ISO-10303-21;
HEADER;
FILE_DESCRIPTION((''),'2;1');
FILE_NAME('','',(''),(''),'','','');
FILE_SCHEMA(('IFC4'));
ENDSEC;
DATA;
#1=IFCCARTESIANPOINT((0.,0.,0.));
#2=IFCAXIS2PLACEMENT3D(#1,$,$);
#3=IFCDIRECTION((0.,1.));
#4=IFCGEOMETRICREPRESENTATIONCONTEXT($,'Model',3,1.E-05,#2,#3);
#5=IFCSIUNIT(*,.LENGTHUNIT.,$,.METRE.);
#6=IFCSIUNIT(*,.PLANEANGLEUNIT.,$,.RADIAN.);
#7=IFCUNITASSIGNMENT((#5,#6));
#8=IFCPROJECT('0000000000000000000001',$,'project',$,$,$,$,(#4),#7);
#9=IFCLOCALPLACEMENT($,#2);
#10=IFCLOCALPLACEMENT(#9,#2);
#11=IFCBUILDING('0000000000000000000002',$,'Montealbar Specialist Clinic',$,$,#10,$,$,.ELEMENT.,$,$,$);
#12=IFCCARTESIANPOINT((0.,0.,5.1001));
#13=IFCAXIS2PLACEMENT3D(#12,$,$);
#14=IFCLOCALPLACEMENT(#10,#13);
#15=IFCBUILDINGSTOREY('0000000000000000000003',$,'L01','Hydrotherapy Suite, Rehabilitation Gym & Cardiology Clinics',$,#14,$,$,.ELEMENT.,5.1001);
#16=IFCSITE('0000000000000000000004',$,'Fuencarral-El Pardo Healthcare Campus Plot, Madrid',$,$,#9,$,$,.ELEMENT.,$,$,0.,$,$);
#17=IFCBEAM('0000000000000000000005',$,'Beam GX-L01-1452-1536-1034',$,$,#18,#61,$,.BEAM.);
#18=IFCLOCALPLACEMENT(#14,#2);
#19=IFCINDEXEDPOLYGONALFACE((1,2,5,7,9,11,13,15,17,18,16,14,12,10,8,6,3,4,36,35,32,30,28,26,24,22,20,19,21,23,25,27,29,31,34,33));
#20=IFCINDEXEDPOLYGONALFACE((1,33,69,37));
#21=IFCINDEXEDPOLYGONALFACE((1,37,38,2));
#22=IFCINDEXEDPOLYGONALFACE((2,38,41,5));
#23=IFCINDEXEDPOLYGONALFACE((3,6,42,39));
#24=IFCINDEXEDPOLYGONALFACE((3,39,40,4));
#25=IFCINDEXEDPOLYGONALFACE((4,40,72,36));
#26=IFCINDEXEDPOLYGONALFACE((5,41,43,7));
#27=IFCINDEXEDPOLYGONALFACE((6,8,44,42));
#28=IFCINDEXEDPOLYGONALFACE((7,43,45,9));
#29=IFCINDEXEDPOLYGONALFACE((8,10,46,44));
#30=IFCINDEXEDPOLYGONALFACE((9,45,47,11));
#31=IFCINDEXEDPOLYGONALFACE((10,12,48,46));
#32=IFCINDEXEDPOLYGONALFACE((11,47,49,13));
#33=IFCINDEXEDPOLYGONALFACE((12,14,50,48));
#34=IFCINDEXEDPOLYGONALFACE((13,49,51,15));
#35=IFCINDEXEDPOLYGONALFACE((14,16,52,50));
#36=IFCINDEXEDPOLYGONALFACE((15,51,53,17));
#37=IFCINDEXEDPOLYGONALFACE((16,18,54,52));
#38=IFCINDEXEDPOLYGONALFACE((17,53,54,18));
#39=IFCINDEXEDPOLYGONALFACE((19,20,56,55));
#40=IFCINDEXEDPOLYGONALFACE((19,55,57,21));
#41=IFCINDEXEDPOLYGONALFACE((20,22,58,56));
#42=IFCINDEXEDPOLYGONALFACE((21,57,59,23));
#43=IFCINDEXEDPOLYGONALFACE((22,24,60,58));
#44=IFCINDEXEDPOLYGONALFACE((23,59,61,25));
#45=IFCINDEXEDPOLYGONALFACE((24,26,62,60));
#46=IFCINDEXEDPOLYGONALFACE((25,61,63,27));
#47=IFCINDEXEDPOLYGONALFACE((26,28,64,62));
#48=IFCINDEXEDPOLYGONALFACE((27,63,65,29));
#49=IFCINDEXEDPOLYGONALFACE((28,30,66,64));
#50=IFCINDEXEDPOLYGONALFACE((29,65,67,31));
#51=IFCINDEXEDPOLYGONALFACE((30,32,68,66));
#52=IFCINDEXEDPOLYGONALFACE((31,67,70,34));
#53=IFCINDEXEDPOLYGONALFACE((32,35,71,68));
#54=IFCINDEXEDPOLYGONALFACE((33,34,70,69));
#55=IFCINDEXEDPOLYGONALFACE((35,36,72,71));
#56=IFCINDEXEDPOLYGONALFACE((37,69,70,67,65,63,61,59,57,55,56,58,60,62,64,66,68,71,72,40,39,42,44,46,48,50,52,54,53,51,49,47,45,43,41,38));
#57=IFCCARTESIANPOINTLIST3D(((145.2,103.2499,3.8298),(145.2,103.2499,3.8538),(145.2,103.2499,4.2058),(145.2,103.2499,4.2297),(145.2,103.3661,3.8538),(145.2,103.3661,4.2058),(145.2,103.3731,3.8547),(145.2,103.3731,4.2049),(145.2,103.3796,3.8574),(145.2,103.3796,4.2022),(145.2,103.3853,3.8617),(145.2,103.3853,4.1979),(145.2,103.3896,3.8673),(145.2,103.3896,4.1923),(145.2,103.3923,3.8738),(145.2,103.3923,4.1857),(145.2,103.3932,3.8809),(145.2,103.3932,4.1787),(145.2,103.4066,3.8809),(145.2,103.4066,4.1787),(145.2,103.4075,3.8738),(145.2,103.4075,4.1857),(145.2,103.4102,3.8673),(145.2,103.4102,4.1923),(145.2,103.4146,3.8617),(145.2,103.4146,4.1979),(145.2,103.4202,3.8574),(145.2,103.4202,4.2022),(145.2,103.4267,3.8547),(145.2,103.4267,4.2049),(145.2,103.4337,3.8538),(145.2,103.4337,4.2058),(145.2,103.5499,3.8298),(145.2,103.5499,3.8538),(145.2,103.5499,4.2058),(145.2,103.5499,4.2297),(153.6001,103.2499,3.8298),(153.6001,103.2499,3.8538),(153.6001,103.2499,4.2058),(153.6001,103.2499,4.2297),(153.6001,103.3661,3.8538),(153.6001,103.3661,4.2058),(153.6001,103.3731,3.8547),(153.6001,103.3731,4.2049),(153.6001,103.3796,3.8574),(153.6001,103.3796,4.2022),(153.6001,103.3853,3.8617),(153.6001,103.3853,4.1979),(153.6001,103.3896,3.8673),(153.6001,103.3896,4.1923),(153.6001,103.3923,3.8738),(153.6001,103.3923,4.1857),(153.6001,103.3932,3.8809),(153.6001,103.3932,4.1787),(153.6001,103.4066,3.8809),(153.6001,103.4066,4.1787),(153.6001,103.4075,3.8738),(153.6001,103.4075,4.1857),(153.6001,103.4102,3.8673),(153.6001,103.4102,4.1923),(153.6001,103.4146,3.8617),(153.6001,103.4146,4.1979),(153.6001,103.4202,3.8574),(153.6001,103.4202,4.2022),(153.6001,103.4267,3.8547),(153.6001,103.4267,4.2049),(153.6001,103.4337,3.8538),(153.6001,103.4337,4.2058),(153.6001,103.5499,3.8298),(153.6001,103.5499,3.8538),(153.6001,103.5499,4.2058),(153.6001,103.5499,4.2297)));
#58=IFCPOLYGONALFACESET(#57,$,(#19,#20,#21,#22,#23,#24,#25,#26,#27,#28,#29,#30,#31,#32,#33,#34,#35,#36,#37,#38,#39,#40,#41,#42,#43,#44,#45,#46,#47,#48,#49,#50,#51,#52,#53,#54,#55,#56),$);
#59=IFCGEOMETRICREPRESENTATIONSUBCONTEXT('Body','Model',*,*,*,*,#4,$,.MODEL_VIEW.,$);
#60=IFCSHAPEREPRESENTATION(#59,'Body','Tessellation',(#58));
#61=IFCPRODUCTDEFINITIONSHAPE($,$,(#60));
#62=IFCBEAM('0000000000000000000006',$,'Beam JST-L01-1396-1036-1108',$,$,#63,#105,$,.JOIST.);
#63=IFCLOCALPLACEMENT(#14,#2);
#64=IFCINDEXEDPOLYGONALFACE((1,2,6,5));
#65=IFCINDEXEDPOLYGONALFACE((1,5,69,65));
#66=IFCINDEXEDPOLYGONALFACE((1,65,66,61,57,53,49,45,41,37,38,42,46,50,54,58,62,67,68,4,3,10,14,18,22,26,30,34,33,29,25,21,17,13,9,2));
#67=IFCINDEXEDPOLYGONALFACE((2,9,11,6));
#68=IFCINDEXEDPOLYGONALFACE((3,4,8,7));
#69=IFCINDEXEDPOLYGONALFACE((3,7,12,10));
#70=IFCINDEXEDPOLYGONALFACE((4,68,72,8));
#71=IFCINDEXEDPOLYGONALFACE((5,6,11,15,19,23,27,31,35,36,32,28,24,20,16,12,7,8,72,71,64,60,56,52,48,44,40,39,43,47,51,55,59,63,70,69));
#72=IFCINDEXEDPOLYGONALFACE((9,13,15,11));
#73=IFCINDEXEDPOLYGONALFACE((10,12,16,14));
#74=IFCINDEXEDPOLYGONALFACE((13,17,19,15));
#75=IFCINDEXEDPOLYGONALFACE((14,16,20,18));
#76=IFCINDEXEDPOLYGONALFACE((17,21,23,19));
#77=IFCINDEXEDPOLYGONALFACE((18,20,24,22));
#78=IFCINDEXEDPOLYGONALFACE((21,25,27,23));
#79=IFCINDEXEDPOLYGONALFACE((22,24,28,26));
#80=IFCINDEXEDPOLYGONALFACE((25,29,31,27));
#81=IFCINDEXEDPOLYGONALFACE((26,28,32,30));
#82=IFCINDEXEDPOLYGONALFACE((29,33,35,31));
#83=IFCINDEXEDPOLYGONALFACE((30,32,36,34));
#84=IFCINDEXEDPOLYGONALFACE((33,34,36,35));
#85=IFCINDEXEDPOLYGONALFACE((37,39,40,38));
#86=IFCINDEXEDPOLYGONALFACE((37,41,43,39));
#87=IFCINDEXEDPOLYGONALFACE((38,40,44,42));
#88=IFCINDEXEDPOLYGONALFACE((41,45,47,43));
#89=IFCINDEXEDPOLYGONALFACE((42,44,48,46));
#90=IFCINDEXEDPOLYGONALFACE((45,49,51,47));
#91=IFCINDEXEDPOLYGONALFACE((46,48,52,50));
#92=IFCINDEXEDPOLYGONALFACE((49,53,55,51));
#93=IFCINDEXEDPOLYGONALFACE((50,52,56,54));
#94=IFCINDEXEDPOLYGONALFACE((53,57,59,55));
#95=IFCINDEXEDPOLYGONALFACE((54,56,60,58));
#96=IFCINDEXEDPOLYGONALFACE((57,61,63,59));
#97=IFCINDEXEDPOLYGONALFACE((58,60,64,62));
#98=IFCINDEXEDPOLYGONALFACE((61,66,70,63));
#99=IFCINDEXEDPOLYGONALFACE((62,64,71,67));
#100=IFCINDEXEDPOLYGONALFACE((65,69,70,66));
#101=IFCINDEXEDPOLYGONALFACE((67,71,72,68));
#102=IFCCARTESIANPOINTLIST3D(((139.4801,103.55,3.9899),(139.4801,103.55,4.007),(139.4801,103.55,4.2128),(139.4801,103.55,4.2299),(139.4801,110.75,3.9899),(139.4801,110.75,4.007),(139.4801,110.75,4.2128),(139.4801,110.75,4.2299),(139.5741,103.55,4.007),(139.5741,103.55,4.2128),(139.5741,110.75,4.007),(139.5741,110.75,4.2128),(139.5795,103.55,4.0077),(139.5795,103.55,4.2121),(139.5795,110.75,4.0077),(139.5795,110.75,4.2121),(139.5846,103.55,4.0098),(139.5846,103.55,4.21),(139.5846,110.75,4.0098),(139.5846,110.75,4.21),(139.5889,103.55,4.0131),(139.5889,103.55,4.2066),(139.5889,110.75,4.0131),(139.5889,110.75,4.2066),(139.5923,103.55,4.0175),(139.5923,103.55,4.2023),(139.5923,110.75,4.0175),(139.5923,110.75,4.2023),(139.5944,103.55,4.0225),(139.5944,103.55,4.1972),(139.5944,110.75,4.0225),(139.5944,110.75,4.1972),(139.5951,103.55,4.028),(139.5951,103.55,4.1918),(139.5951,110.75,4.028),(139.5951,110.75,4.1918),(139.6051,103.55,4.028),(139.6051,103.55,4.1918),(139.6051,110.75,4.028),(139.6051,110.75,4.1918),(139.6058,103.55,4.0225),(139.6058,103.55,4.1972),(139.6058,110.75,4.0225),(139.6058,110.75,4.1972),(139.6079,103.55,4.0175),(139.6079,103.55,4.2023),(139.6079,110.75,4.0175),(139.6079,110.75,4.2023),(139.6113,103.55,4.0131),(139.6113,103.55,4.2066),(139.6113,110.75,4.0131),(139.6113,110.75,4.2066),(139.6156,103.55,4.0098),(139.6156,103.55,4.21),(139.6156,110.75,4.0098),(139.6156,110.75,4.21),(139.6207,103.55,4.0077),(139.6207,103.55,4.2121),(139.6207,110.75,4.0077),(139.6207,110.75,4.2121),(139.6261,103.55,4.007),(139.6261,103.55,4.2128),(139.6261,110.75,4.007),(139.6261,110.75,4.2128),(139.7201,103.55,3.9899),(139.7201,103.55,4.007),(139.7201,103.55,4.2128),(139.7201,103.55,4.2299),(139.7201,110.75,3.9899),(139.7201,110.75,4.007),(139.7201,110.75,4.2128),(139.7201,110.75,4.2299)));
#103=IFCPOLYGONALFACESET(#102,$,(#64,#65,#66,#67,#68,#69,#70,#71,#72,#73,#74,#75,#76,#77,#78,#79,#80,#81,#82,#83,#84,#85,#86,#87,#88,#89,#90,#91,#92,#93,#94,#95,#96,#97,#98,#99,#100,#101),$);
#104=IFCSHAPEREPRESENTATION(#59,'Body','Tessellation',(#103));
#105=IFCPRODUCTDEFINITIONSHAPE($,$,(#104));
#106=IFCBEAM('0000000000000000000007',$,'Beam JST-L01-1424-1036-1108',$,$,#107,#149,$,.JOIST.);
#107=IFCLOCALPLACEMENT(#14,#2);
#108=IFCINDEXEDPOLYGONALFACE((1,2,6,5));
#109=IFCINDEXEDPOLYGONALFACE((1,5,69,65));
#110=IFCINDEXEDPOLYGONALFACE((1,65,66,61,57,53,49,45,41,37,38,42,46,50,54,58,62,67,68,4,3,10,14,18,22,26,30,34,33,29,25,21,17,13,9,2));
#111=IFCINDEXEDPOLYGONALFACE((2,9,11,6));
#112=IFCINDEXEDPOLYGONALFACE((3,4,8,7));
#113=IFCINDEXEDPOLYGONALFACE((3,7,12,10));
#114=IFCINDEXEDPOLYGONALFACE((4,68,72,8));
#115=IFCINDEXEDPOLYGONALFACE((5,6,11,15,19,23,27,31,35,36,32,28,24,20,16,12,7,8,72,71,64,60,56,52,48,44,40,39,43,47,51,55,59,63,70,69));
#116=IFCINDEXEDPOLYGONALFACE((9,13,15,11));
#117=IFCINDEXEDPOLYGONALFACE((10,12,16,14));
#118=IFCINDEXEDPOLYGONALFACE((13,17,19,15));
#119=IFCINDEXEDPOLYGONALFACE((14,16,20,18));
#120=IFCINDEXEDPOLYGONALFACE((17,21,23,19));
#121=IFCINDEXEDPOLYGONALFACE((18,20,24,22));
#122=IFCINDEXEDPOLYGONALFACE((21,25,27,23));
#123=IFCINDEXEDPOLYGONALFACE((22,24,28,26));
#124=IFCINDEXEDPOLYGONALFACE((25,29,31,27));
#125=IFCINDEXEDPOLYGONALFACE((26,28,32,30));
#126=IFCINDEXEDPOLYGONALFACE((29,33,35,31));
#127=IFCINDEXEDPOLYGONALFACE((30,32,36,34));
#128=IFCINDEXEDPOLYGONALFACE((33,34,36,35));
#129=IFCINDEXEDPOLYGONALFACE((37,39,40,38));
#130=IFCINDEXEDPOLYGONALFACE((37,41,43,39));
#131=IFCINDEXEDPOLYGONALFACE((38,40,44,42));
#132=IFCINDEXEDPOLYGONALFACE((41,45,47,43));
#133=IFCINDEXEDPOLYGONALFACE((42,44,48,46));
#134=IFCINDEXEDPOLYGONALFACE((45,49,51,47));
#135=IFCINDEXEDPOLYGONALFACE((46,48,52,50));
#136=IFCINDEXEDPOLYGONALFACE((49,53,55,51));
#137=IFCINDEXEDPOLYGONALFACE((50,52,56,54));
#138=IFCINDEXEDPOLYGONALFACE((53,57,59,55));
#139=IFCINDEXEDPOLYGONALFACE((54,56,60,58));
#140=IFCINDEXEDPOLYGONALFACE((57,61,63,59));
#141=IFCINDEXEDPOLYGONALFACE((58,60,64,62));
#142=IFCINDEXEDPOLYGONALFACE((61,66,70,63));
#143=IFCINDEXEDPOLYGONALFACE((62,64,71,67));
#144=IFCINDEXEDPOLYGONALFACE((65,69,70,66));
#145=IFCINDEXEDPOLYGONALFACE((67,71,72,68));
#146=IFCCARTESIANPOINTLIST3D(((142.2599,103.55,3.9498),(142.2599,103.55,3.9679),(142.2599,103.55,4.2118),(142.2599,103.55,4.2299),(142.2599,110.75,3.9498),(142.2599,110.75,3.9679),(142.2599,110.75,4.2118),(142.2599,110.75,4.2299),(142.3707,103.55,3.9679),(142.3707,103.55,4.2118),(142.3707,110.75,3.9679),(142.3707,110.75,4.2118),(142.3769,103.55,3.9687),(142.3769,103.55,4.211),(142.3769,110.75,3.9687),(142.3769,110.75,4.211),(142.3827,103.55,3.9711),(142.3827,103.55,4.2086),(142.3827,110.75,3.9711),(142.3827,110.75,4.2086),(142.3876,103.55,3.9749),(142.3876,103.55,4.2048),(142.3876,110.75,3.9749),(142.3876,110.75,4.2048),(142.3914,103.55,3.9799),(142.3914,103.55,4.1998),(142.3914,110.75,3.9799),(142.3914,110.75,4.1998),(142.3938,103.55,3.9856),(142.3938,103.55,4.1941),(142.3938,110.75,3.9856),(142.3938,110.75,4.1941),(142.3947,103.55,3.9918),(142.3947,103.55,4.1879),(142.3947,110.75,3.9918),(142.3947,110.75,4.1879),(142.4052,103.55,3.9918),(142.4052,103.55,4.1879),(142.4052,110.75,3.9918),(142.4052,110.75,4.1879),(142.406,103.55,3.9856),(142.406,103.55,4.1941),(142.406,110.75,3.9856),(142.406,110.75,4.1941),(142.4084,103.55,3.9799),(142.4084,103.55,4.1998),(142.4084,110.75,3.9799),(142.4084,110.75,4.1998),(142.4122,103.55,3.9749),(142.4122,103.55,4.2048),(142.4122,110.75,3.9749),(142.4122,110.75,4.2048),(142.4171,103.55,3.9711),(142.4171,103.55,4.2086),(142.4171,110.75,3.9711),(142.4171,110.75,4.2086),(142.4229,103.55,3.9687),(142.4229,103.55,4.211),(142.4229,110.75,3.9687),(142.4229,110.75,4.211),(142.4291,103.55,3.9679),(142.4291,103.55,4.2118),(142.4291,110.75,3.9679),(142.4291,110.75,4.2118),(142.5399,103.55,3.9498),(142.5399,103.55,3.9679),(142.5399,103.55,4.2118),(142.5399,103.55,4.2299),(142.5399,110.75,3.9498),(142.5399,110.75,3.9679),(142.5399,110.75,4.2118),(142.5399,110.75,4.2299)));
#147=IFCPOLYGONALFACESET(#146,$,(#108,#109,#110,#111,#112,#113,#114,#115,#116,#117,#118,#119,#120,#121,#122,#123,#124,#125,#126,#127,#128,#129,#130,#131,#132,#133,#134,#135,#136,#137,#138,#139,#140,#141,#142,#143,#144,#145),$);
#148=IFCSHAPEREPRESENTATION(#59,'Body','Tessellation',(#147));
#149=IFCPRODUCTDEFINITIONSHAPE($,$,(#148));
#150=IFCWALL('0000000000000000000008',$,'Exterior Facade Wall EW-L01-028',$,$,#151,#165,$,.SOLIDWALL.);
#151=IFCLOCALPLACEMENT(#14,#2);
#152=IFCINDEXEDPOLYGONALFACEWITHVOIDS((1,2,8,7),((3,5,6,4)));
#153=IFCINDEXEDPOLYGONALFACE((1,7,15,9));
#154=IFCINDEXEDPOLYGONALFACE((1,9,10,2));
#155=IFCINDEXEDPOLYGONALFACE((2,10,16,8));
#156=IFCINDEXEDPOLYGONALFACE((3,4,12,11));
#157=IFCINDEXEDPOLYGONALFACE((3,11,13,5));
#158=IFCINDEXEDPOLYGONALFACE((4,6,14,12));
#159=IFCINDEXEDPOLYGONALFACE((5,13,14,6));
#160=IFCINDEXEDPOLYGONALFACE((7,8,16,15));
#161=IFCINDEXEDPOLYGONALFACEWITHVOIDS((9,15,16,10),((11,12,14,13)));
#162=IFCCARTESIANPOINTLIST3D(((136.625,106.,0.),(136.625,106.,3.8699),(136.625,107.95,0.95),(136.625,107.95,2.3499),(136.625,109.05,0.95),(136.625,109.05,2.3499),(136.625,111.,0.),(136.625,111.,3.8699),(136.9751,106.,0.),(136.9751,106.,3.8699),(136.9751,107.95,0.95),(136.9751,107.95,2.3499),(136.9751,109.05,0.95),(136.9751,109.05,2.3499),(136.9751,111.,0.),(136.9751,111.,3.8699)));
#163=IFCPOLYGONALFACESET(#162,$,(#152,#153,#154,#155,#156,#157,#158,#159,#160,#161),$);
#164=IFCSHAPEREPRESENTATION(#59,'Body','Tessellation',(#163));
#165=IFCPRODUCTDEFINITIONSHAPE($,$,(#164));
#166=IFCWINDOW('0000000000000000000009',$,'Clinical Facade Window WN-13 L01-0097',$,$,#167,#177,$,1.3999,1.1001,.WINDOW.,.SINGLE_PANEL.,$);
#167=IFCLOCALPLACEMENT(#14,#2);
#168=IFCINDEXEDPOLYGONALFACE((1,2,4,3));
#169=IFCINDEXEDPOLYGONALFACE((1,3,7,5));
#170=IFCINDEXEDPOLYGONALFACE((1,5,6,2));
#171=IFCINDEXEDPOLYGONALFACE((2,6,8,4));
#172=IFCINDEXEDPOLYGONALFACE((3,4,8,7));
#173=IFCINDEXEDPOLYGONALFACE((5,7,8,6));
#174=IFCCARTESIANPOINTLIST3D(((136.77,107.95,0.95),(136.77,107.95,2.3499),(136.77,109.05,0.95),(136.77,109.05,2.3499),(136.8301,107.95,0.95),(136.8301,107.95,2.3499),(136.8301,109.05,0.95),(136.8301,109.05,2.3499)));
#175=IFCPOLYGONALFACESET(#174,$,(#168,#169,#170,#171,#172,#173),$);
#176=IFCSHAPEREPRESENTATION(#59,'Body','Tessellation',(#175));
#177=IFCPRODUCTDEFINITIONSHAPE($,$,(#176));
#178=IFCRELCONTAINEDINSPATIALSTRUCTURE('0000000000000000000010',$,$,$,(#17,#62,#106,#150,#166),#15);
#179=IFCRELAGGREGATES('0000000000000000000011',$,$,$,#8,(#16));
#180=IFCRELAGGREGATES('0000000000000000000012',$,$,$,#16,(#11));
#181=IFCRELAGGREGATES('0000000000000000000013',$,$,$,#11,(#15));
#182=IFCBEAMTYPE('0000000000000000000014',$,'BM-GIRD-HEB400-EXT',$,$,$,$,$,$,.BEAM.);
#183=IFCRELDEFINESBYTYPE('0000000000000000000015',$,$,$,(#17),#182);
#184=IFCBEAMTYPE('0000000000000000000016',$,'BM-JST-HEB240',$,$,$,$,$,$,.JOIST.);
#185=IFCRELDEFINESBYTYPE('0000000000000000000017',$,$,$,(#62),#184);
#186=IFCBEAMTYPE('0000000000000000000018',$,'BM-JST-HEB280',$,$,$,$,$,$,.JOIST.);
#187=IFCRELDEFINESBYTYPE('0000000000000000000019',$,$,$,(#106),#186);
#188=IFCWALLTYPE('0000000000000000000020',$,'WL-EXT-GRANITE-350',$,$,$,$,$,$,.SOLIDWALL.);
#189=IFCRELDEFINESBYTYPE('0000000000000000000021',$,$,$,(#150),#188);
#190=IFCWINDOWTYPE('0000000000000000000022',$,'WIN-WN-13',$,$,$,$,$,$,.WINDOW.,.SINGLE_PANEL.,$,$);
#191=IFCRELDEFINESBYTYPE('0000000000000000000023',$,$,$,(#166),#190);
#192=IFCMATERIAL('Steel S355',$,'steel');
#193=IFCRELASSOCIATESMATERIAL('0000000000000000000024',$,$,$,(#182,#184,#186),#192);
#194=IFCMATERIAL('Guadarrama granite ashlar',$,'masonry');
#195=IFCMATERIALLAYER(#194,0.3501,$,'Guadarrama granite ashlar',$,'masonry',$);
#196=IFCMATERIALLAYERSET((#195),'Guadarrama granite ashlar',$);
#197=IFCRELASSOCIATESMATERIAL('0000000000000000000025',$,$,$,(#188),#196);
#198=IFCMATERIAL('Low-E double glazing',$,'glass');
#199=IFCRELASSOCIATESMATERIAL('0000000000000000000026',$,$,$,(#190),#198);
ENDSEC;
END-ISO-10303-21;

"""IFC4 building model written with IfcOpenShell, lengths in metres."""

from ifc_helpers import new_model, si_unit, direction, frame, frame_2d, origin, origin_2d, place, context, subcontext, project, spatial, rectangle, i_section, extrude, material, layer, layer_set, material_profile, profile_set, type_object, element, fill, save


model = new_model("IFC4")

# Units and contexts
model_context = context("Model", 3, precision=1e-05, world=origin(), true_north=direction((0.0, 1.0)))
body_context = subcontext(model_context, "Body", "Model", "MODEL_VIEW")
ifc_project = project(units=[si_unit("LENGTHUNIT", "METRE"), si_unit("PLANEANGLEUNIT", "RADIAN")], contexts=[model_context])

# Site, building, storey
site_placement = place(None, origin())
site = spatial("IfcSite", under=ifc_project, at=site_placement, Name="Fuencarral-El Pardo Healthcare Campus Plot, Madrid", CompositionType="ELEMENT", RefElevation=0.0)
building_placement = place(site_placement, origin())
building = spatial("IfcBuilding", under=site, at=building_placement, Name="Montealbar Specialist Clinic", CompositionType="ELEMENT")
storey_placement = place(building_placement, frame((0.0, 0.0, 5.1001)))
storey = spatial("IfcBuildingStorey", under=building, at=storey_placement, Name="L01", Description="Hydrotherapy Suite, Rehabilitation Gym & Cardiology Clinics", CompositionType="ELEMENT", Elevation=5.1001)

# Shared definitions
ifc_material_1 = material(Name="Steel S355", Category="steel")
ifc_material_2 = material(Name="Guadarrama granite ashlar", Category="masonry")

# Beams
ifc_material_profile_1 = material_profile(ifc_material_1, i_section(OverallWidth=0.3, OverallDepth=0.3999, WebThickness=0.0134, FlangeThickness=0.0239, FilletRadius=0.0271, at=origin_2d()), Name="HEB 400", Category="steel")
ifc_profile_set_1 = profile_set([ifc_material_profile_1], Name="Steel S355")
beam_type_1 = type_object("IfcBeamType", Name="BM-GIRD-HEB400-EXT", PredefinedType="BEAM", material=ifc_profile_set_1)
beam_1_placement = place(storey_placement, frame((145.2, 103.3999, 4.0298), z_axis=(1.0, 0.0, 0.0), x_axis=(0.0, 1.0, 0.0)))
element("IfcBeam", 1, at=beam_1_placement, inside=storey, type_object=beam_type_1, Name="Beam GX-L01-1452-1536-1034", PredefinedType="BEAM", context=body_context, shape_type="SweptSolid", body=[
    extrude(i_section(OverallWidth=0.3, OverallDepth=0.3999, WebThickness=0.0134, FlangeThickness=0.0239, FilletRadius=0.0271, at=origin_2d()), origin(), (0.0, 0.0, 1.0), 8.4001),
])
ifc_material_profile_2 = material_profile(ifc_material_1, i_section(OverallWidth=0.24, OverallDepth=0.24, WebThickness=0.01, FlangeThickness=0.0171, FilletRadius=0.021, at=origin_2d()), Name="HEB 240", Category="steel")
ifc_profile_set_2 = profile_set([ifc_material_profile_2], Name="Steel S355")
beam_type_2 = type_object("IfcBeamType", Name="BM-JST-HEB240", PredefinedType="JOIST", material=ifc_profile_set_2)
beam_2_placement = place(storey_placement, frame((139.6001, 103.55, 4.1099), z_axis=(0.0, 1.0, 0.0), x_axis=(-1.0, 0.0, 0.0)))
element("IfcBeam", 2, at=beam_2_placement, inside=storey, type_object=beam_type_2, Name="Beam JST-L01-1396-1036-1108", PredefinedType="JOIST", context=body_context, shape_type="SweptSolid", body=[
    extrude(i_section(OverallWidth=0.24, OverallDepth=0.24, WebThickness=0.01, FlangeThickness=0.0171, FilletRadius=0.021, at=origin_2d()), origin(), (0.0, 0.0, 1.0), 7.2),
])
ifc_material_profile_3 = material_profile(ifc_material_1, i_section(OverallWidth=0.28, OverallDepth=0.28, WebThickness=0.0105, FlangeThickness=0.0181, FilletRadius=0.0239, at=origin_2d()), Name="HEB 280", Category="steel")
ifc_profile_set_3 = profile_set([ifc_material_profile_3], Name="Steel S355")
beam_type_3 = type_object("IfcBeamType", Name="BM-JST-HEB280", PredefinedType="JOIST", material=ifc_profile_set_3)
beam_3_placement = place(storey_placement, frame((142.3999, 103.55, 4.0898), z_axis=(0.0, 1.0, 0.0), x_axis=(-1.0, 0.0, 0.0)))
element("IfcBeam", 3, at=beam_3_placement, inside=storey, type_object=beam_type_3, Name="Beam JST-L01-1424-1036-1108", PredefinedType="JOIST", context=body_context, shape_type="SweptSolid", body=[
    extrude(i_section(OverallWidth=0.28, OverallDepth=0.28, WebThickness=0.0105, FlangeThickness=0.0181, FilletRadius=0.0239, at=origin_2d()), origin(), (0.0, 0.0, 1.0), 7.2),
])

# Wall, opening, window
ifc_layer_1 = layer(ifc_material_2, 0.3501, Name="Guadarrama granite ashlar", Category="masonry")
ifc_layer_set_1 = layer_set([ifc_layer_1], Name="Guadarrama granite ashlar")
wall_type = type_object("IfcWallType", Name="WL-EXT-GRANITE-350", PredefinedType="SOLIDWALL", material=ifc_layer_set_1)
wall_1_placement = place(storey_placement, frame((136.8, 106.0, 0.0), z_axis=(0.0, 0.0, 1.0), x_axis=(0.0, 1.0, 0.0)))
wall_1 = element("IfcWall", 4, at=wall_1_placement, inside=storey, type_object=wall_type, Name="Exterior Facade Wall EW-L01-028", PredefinedType="SOLIDWALL", context=body_context, shape_type="SweptSolid", body=[
    extrude(rectangle(XDim=5.0, YDim=0.3501, at=frame_2d((2.5, 0.0))), origin(), (0.0, 0.0, 1.0), 3.8699),
])
opening_1_placement = place(wall_1_placement, frame((1.95, 0.0, 0.95)))
opening_1 = element("IfcOpeningElement", 5, at=opening_1_placement, cuts=wall_1, PredefinedType="OPENING", context=body_context, shape_type="SweptSolid", body=[
    extrude(rectangle(XDim=1.1001, YDim=1.3999, at=frame_2d((0.55, 0.7))), frame((0.0, 0.1851, 0.0), z_axis=(0.0, -1.0, 0.0), x_axis=(1.0, 0.0, 0.0)), (0.0, 0.0, 1.0), 0.3701),
])
ifc_material_3 = material(Name="Low-E double glazing", Category="glass")
window_type_1 = type_object("IfcWindowType", Name="WIN-WN-13", PartitioningType="SINGLE_PANEL", PredefinedType="WINDOW", material=ifc_material_3)
window_1_placement = place(opening_1_placement, origin())
window_1 = element("IfcWindow", 6, at=window_1_placement, inside=storey, type_object=window_type_1, Name="Clinical Facade Window WN-13 L01-0097", OverallHeight=1.3999, OverallWidth=1.1001, PartitioningType="SINGLE_PANEL", PredefinedType="WINDOW", context=body_context, shape_type="SweptSolid", body=[
    extrude(rectangle(XDim=1.1001, YDim=1.3999, at=frame_2d((0.55, 0.7))), frame((0.0, 0.03, 0.0), z_axis=(0.0, -1.0, 0.0), x_axis=(1.0, 0.0, 0.0)), (0.0, 0.0, 1.0), 0.0601),
])
fill(opening_1, window_1)

save(model, "model.ifc")
